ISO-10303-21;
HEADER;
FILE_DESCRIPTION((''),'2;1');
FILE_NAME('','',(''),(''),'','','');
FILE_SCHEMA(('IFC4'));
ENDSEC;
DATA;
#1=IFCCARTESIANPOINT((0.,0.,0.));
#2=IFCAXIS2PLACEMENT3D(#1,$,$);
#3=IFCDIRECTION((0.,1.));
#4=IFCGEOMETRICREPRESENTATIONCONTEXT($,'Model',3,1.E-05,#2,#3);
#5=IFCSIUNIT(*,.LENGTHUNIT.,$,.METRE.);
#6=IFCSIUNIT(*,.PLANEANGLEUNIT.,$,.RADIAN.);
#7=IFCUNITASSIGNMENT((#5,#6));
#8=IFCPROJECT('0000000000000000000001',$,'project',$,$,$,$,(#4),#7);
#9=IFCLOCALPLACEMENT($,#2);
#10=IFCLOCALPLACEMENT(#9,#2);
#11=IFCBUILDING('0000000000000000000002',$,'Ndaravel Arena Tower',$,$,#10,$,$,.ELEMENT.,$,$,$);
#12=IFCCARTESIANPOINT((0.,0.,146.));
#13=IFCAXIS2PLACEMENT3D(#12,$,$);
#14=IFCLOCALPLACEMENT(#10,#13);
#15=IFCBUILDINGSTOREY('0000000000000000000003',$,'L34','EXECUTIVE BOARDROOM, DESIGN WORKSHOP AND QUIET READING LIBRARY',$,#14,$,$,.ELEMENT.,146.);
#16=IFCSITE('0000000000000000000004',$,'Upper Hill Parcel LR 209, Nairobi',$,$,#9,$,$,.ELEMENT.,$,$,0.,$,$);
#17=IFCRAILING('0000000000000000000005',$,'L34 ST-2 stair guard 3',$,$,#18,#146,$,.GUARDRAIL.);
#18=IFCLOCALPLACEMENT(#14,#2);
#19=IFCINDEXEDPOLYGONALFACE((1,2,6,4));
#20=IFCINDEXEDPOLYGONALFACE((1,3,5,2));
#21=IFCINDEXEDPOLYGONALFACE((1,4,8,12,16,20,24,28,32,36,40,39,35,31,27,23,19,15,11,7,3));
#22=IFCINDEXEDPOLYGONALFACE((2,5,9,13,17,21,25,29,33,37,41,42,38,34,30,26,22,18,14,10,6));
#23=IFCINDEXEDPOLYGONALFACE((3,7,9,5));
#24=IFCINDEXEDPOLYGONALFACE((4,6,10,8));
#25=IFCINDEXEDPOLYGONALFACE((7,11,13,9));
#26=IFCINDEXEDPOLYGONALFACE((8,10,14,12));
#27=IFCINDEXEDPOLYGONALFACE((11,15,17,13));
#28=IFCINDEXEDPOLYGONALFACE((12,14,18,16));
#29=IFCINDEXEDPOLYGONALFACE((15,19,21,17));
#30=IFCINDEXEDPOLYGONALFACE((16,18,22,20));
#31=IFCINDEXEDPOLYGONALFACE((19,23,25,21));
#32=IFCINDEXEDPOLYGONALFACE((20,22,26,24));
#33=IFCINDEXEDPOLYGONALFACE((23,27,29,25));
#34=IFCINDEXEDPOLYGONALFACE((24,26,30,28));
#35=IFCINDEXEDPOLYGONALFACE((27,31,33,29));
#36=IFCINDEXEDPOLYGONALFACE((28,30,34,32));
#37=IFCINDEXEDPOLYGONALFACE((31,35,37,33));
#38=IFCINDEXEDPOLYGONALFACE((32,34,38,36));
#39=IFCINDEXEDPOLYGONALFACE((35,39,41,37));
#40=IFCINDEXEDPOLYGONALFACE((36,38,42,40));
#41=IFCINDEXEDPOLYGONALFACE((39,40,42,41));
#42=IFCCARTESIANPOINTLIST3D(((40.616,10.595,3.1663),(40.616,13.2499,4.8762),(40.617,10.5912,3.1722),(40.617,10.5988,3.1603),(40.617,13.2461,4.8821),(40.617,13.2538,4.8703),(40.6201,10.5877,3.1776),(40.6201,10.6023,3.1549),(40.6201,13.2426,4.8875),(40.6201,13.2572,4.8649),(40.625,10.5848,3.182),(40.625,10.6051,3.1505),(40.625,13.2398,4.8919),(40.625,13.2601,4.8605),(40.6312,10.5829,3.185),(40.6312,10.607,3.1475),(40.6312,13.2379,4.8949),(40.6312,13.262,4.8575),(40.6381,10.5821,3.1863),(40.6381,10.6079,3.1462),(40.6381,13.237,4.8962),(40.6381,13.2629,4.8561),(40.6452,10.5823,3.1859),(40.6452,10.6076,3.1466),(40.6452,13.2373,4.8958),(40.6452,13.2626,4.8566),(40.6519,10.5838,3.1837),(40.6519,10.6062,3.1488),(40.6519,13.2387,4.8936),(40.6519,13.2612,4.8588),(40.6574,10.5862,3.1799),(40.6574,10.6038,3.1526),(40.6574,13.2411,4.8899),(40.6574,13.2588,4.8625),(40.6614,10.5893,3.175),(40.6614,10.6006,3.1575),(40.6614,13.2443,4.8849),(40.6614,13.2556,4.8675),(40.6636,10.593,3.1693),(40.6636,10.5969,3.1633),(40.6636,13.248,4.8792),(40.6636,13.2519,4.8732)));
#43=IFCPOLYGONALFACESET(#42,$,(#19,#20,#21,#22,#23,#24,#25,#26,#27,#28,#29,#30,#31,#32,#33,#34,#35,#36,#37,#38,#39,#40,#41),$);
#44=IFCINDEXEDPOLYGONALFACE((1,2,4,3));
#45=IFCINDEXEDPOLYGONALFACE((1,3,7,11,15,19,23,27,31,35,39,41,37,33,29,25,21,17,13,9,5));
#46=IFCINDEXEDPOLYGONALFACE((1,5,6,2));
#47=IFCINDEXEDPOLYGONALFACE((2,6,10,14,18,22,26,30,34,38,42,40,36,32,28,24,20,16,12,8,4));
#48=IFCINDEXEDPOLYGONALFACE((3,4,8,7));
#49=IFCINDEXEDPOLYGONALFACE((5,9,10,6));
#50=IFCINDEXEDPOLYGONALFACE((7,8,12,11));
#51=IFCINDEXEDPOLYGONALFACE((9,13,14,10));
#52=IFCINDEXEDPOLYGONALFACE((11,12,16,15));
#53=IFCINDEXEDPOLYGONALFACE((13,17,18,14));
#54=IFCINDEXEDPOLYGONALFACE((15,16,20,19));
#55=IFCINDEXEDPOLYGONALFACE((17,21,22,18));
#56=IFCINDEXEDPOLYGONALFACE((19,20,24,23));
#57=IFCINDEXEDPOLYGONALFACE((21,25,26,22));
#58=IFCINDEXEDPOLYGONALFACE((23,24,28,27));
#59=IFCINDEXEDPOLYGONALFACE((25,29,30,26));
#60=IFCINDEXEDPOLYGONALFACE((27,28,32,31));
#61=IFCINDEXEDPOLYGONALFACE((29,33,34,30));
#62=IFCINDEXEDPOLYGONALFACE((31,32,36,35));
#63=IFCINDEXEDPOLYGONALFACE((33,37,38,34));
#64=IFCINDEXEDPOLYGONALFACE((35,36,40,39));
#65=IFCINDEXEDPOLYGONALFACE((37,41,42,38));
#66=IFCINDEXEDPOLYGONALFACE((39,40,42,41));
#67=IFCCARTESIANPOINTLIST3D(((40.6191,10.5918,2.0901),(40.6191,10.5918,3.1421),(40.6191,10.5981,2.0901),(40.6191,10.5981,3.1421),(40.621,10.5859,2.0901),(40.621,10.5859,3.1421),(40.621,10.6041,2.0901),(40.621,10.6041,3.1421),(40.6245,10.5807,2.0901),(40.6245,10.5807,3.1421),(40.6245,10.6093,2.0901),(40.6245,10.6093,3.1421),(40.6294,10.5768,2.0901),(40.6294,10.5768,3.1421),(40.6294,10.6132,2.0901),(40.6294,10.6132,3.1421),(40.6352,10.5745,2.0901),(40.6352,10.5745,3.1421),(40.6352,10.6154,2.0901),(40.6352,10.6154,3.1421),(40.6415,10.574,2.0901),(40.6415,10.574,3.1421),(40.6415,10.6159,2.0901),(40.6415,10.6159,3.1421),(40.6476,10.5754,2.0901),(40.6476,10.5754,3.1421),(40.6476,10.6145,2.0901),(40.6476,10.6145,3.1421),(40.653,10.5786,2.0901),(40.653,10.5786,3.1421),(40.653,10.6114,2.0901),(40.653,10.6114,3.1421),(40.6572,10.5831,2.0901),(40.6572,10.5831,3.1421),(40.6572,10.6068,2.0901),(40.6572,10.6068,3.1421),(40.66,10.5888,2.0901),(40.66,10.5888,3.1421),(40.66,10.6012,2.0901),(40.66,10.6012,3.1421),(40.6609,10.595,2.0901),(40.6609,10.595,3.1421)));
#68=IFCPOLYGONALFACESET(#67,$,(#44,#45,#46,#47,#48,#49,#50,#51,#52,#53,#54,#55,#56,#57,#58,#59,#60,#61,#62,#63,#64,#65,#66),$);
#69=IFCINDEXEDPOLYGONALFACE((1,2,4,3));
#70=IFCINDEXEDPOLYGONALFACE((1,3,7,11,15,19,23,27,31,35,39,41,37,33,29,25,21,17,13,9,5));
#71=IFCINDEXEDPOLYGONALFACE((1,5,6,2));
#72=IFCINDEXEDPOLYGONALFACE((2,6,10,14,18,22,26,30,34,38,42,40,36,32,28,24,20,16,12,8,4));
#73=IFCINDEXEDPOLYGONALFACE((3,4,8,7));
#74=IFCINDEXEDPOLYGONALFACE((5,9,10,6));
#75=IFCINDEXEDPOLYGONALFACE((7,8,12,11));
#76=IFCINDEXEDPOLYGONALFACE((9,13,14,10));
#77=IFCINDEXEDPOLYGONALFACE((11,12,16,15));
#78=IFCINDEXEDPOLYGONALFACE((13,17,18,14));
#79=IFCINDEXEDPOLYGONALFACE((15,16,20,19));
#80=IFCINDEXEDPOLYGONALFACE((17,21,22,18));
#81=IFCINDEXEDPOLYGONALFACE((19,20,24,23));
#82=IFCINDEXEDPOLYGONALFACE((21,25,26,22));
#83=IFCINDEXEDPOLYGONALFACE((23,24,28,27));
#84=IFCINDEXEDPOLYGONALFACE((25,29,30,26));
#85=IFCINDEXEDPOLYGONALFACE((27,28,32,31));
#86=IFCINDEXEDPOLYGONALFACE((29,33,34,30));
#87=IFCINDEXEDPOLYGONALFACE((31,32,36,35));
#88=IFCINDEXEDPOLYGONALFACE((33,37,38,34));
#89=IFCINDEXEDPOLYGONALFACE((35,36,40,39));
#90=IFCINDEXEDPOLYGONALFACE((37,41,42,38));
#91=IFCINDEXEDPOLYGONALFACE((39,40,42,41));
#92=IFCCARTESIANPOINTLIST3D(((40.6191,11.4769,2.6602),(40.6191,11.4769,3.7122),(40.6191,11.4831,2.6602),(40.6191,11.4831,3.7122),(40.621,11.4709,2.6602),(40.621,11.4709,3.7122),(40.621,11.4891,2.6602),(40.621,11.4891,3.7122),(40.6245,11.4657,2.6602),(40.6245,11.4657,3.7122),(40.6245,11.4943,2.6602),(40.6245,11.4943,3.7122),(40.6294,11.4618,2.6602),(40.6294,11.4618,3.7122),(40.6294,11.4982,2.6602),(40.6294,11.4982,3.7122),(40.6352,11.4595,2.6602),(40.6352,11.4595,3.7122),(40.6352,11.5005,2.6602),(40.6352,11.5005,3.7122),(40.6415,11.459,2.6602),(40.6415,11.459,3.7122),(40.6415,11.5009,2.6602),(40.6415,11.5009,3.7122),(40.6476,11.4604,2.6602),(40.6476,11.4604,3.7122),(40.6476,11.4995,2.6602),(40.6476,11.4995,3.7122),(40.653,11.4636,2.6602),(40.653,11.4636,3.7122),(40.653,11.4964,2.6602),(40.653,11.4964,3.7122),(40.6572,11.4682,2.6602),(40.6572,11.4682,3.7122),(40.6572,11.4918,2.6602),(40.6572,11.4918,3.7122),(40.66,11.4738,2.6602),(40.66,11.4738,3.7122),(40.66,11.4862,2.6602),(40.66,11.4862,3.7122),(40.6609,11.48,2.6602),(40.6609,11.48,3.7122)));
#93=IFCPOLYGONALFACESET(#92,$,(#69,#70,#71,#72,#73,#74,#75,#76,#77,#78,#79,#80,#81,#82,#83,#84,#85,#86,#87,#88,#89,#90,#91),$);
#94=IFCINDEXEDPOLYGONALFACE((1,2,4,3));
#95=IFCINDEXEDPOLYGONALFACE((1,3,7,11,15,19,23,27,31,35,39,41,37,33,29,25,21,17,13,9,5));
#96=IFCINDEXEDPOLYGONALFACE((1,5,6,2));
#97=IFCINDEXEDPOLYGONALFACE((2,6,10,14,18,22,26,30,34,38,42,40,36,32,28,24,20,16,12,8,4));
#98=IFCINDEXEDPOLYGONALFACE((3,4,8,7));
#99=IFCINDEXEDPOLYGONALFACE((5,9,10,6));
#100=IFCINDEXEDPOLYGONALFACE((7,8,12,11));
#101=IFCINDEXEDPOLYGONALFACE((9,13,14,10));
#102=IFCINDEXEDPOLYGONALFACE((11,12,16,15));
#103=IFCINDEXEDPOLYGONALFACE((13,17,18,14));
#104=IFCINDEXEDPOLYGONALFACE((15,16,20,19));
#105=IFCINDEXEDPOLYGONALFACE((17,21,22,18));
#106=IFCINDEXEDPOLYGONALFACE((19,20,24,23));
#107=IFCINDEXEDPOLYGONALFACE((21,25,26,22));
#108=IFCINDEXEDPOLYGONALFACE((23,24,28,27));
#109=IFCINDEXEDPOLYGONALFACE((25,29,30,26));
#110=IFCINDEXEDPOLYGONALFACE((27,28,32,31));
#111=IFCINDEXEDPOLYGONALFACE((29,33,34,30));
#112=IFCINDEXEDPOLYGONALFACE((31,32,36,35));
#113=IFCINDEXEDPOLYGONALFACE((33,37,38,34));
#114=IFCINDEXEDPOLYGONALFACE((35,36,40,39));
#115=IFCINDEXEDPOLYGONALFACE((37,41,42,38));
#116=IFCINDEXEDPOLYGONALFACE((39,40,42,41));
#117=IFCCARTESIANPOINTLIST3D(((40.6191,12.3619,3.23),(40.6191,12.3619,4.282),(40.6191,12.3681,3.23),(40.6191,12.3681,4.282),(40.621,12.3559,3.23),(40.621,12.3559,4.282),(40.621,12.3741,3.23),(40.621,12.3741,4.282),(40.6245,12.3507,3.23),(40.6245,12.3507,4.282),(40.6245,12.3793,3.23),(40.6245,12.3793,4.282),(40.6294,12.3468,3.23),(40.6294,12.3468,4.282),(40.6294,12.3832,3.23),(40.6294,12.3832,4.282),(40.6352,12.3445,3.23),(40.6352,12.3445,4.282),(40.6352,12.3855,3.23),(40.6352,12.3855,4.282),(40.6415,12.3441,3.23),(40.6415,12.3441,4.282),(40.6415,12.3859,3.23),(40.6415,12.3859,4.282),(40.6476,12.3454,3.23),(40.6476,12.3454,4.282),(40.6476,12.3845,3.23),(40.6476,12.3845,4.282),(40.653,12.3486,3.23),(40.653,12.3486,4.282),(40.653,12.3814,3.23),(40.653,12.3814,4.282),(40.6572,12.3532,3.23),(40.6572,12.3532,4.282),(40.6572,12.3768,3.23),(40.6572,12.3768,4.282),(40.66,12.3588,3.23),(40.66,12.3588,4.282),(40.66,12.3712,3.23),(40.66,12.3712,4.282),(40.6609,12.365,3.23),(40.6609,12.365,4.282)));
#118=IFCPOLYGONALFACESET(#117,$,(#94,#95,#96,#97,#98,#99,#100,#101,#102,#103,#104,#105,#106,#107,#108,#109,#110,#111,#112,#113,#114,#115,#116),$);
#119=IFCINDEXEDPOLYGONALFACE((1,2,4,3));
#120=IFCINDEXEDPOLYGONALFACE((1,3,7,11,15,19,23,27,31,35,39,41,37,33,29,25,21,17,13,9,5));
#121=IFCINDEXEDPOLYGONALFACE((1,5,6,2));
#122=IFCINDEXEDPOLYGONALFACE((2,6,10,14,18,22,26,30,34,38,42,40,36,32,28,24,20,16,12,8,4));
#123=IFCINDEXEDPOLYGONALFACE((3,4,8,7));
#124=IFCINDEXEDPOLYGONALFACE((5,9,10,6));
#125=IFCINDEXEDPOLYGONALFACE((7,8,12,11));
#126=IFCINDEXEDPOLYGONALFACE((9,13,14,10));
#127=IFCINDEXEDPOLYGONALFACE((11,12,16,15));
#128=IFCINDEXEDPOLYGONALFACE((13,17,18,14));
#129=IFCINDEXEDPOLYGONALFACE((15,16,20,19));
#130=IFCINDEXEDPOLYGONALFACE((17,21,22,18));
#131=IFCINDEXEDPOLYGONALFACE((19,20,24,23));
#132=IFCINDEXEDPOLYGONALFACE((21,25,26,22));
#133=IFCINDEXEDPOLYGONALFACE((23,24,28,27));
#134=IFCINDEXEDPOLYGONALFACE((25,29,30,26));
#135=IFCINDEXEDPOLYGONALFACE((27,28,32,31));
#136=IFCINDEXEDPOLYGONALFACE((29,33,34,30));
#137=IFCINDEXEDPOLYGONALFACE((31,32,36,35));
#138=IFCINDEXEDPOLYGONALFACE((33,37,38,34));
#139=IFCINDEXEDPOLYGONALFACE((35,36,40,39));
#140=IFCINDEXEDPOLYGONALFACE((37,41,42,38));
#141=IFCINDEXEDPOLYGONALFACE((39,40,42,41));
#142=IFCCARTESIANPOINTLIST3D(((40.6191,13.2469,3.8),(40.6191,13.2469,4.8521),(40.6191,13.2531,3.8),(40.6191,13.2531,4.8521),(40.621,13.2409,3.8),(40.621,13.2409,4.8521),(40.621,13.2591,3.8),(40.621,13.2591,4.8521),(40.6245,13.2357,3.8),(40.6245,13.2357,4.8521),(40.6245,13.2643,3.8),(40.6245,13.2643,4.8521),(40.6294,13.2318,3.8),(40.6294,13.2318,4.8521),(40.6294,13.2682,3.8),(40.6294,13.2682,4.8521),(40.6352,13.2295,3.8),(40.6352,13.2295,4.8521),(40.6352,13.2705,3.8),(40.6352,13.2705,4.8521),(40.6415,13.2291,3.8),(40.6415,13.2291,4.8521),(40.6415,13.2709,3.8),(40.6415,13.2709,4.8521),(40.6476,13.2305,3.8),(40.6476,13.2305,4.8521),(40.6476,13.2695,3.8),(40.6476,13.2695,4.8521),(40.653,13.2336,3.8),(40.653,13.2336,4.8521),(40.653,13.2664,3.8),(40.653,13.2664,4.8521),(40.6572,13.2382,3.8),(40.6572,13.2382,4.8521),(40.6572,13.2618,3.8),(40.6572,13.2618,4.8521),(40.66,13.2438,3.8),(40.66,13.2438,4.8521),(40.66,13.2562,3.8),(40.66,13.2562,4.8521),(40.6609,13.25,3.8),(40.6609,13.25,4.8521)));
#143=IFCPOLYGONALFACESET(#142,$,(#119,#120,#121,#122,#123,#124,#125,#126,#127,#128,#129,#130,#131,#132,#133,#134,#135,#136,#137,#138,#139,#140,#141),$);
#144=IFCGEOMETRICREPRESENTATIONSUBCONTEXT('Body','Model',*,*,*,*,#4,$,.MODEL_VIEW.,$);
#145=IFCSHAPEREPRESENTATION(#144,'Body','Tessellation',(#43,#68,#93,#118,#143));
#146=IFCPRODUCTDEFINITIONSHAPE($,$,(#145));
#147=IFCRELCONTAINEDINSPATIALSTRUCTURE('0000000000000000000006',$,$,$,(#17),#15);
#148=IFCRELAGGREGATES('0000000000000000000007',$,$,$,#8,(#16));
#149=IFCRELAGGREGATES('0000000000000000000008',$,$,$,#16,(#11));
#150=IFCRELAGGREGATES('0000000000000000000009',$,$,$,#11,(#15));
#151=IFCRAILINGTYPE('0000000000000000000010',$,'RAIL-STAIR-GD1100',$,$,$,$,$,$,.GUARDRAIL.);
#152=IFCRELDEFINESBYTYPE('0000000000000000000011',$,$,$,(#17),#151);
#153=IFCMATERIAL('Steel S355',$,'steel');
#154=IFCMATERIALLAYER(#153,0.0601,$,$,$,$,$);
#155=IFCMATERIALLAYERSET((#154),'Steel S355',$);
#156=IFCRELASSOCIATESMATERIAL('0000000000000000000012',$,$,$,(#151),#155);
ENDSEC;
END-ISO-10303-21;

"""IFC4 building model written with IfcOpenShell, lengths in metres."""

from ifc_helpers import new_model, si_unit, direction, frame, origin, origin_2d, place, context, subcontext, project, spatial, circle, extrude, material, layer, layer_set, type_object, element, save


model = new_model("IFC4")

# Units and contexts
model_context = context("Model", 3, precision=1e-05, world=origin(), true_north=direction((0.0, 1.0)))
body_context = subcontext(model_context, "Body", "Model", "MODEL_VIEW")
ifc_project = project(units=[si_unit("LENGTHUNIT", "METRE"), si_unit("PLANEANGLEUNIT", "RADIAN")], contexts=[model_context])

# Site, building, storey
site_placement = place(None, origin())
site = spatial("IfcSite", under=ifc_project, at=site_placement, Name="Upper Hill Parcel LR 209, Nairobi", CompositionType="ELEMENT", RefElevation=0.0)
building_placement = place(site_placement, origin())
building = spatial("IfcBuilding", under=site, at=building_placement, Name="Ndaravel Arena Tower", CompositionType="ELEMENT")
storey_placement = place(building_placement, frame((0.0, 0.0, 146.0)))
storey = spatial("IfcBuildingStorey", under=building, at=storey_placement, Name="L34", Description="EXECUTIVE BOARDROOM, DESIGN WORKSHOP AND QUIET READING LIBRARY", CompositionType="ELEMENT", Elevation=146.0)

# Railing
ifc_material_1 = material(Name="Steel S355", Category="steel")
ifc_layer_1 = layer(ifc_material_1, 0.0601)
ifc_layer_set_1 = layer_set([ifc_layer_1], Name="Steel S355")
railing_type_1 = type_object("IfcRailingType", Name="RAIL-STAIR-GD1100", PredefinedType="GUARDRAIL", material=ifc_layer_set_1)
railing_1_placement = place(storey_placement, frame((40.6399, 10.595, 2.0901)))
element("IfcRailing", 1, at=railing_1_placement, inside=storey, type_object=railing_type_1, Name="L34 ST-2 stair guard 3", PredefinedType="GUARDRAIL", context=body_context, shape_type="SweptSolid", body=[
    extrude(circle(Radius=0.0239, at=origin_2d()), frame((0.0, 0.0, 1.0762), z_axis=(0.0, 0.840724, 0.541465), x_axis=(-1.0, 0.0, 0.0)), (0.0, 0.0, 1.0), 3.158),
    extrude(circle(Radius=0.021, at=origin_2d()), origin(), (0.0, 0.0, 1.0), 1.052),
    extrude(circle(Radius=0.021, at=origin_2d()), frame((0.0, 0.885, 0.5701)), (0.0, 0.0, 1.0), 1.052),
    extrude(circle(Radius=0.021, at=origin_2d()), frame((0.0, 1.77, 1.1399)), (0.0, 0.0, 1.0), 1.052),
    extrude(circle(Radius=0.021, at=origin_2d()), frame((0.0, 2.655, 1.71)), (0.0, 0.0, 1.0), 1.052),
])

save(model, "model.ifc")
